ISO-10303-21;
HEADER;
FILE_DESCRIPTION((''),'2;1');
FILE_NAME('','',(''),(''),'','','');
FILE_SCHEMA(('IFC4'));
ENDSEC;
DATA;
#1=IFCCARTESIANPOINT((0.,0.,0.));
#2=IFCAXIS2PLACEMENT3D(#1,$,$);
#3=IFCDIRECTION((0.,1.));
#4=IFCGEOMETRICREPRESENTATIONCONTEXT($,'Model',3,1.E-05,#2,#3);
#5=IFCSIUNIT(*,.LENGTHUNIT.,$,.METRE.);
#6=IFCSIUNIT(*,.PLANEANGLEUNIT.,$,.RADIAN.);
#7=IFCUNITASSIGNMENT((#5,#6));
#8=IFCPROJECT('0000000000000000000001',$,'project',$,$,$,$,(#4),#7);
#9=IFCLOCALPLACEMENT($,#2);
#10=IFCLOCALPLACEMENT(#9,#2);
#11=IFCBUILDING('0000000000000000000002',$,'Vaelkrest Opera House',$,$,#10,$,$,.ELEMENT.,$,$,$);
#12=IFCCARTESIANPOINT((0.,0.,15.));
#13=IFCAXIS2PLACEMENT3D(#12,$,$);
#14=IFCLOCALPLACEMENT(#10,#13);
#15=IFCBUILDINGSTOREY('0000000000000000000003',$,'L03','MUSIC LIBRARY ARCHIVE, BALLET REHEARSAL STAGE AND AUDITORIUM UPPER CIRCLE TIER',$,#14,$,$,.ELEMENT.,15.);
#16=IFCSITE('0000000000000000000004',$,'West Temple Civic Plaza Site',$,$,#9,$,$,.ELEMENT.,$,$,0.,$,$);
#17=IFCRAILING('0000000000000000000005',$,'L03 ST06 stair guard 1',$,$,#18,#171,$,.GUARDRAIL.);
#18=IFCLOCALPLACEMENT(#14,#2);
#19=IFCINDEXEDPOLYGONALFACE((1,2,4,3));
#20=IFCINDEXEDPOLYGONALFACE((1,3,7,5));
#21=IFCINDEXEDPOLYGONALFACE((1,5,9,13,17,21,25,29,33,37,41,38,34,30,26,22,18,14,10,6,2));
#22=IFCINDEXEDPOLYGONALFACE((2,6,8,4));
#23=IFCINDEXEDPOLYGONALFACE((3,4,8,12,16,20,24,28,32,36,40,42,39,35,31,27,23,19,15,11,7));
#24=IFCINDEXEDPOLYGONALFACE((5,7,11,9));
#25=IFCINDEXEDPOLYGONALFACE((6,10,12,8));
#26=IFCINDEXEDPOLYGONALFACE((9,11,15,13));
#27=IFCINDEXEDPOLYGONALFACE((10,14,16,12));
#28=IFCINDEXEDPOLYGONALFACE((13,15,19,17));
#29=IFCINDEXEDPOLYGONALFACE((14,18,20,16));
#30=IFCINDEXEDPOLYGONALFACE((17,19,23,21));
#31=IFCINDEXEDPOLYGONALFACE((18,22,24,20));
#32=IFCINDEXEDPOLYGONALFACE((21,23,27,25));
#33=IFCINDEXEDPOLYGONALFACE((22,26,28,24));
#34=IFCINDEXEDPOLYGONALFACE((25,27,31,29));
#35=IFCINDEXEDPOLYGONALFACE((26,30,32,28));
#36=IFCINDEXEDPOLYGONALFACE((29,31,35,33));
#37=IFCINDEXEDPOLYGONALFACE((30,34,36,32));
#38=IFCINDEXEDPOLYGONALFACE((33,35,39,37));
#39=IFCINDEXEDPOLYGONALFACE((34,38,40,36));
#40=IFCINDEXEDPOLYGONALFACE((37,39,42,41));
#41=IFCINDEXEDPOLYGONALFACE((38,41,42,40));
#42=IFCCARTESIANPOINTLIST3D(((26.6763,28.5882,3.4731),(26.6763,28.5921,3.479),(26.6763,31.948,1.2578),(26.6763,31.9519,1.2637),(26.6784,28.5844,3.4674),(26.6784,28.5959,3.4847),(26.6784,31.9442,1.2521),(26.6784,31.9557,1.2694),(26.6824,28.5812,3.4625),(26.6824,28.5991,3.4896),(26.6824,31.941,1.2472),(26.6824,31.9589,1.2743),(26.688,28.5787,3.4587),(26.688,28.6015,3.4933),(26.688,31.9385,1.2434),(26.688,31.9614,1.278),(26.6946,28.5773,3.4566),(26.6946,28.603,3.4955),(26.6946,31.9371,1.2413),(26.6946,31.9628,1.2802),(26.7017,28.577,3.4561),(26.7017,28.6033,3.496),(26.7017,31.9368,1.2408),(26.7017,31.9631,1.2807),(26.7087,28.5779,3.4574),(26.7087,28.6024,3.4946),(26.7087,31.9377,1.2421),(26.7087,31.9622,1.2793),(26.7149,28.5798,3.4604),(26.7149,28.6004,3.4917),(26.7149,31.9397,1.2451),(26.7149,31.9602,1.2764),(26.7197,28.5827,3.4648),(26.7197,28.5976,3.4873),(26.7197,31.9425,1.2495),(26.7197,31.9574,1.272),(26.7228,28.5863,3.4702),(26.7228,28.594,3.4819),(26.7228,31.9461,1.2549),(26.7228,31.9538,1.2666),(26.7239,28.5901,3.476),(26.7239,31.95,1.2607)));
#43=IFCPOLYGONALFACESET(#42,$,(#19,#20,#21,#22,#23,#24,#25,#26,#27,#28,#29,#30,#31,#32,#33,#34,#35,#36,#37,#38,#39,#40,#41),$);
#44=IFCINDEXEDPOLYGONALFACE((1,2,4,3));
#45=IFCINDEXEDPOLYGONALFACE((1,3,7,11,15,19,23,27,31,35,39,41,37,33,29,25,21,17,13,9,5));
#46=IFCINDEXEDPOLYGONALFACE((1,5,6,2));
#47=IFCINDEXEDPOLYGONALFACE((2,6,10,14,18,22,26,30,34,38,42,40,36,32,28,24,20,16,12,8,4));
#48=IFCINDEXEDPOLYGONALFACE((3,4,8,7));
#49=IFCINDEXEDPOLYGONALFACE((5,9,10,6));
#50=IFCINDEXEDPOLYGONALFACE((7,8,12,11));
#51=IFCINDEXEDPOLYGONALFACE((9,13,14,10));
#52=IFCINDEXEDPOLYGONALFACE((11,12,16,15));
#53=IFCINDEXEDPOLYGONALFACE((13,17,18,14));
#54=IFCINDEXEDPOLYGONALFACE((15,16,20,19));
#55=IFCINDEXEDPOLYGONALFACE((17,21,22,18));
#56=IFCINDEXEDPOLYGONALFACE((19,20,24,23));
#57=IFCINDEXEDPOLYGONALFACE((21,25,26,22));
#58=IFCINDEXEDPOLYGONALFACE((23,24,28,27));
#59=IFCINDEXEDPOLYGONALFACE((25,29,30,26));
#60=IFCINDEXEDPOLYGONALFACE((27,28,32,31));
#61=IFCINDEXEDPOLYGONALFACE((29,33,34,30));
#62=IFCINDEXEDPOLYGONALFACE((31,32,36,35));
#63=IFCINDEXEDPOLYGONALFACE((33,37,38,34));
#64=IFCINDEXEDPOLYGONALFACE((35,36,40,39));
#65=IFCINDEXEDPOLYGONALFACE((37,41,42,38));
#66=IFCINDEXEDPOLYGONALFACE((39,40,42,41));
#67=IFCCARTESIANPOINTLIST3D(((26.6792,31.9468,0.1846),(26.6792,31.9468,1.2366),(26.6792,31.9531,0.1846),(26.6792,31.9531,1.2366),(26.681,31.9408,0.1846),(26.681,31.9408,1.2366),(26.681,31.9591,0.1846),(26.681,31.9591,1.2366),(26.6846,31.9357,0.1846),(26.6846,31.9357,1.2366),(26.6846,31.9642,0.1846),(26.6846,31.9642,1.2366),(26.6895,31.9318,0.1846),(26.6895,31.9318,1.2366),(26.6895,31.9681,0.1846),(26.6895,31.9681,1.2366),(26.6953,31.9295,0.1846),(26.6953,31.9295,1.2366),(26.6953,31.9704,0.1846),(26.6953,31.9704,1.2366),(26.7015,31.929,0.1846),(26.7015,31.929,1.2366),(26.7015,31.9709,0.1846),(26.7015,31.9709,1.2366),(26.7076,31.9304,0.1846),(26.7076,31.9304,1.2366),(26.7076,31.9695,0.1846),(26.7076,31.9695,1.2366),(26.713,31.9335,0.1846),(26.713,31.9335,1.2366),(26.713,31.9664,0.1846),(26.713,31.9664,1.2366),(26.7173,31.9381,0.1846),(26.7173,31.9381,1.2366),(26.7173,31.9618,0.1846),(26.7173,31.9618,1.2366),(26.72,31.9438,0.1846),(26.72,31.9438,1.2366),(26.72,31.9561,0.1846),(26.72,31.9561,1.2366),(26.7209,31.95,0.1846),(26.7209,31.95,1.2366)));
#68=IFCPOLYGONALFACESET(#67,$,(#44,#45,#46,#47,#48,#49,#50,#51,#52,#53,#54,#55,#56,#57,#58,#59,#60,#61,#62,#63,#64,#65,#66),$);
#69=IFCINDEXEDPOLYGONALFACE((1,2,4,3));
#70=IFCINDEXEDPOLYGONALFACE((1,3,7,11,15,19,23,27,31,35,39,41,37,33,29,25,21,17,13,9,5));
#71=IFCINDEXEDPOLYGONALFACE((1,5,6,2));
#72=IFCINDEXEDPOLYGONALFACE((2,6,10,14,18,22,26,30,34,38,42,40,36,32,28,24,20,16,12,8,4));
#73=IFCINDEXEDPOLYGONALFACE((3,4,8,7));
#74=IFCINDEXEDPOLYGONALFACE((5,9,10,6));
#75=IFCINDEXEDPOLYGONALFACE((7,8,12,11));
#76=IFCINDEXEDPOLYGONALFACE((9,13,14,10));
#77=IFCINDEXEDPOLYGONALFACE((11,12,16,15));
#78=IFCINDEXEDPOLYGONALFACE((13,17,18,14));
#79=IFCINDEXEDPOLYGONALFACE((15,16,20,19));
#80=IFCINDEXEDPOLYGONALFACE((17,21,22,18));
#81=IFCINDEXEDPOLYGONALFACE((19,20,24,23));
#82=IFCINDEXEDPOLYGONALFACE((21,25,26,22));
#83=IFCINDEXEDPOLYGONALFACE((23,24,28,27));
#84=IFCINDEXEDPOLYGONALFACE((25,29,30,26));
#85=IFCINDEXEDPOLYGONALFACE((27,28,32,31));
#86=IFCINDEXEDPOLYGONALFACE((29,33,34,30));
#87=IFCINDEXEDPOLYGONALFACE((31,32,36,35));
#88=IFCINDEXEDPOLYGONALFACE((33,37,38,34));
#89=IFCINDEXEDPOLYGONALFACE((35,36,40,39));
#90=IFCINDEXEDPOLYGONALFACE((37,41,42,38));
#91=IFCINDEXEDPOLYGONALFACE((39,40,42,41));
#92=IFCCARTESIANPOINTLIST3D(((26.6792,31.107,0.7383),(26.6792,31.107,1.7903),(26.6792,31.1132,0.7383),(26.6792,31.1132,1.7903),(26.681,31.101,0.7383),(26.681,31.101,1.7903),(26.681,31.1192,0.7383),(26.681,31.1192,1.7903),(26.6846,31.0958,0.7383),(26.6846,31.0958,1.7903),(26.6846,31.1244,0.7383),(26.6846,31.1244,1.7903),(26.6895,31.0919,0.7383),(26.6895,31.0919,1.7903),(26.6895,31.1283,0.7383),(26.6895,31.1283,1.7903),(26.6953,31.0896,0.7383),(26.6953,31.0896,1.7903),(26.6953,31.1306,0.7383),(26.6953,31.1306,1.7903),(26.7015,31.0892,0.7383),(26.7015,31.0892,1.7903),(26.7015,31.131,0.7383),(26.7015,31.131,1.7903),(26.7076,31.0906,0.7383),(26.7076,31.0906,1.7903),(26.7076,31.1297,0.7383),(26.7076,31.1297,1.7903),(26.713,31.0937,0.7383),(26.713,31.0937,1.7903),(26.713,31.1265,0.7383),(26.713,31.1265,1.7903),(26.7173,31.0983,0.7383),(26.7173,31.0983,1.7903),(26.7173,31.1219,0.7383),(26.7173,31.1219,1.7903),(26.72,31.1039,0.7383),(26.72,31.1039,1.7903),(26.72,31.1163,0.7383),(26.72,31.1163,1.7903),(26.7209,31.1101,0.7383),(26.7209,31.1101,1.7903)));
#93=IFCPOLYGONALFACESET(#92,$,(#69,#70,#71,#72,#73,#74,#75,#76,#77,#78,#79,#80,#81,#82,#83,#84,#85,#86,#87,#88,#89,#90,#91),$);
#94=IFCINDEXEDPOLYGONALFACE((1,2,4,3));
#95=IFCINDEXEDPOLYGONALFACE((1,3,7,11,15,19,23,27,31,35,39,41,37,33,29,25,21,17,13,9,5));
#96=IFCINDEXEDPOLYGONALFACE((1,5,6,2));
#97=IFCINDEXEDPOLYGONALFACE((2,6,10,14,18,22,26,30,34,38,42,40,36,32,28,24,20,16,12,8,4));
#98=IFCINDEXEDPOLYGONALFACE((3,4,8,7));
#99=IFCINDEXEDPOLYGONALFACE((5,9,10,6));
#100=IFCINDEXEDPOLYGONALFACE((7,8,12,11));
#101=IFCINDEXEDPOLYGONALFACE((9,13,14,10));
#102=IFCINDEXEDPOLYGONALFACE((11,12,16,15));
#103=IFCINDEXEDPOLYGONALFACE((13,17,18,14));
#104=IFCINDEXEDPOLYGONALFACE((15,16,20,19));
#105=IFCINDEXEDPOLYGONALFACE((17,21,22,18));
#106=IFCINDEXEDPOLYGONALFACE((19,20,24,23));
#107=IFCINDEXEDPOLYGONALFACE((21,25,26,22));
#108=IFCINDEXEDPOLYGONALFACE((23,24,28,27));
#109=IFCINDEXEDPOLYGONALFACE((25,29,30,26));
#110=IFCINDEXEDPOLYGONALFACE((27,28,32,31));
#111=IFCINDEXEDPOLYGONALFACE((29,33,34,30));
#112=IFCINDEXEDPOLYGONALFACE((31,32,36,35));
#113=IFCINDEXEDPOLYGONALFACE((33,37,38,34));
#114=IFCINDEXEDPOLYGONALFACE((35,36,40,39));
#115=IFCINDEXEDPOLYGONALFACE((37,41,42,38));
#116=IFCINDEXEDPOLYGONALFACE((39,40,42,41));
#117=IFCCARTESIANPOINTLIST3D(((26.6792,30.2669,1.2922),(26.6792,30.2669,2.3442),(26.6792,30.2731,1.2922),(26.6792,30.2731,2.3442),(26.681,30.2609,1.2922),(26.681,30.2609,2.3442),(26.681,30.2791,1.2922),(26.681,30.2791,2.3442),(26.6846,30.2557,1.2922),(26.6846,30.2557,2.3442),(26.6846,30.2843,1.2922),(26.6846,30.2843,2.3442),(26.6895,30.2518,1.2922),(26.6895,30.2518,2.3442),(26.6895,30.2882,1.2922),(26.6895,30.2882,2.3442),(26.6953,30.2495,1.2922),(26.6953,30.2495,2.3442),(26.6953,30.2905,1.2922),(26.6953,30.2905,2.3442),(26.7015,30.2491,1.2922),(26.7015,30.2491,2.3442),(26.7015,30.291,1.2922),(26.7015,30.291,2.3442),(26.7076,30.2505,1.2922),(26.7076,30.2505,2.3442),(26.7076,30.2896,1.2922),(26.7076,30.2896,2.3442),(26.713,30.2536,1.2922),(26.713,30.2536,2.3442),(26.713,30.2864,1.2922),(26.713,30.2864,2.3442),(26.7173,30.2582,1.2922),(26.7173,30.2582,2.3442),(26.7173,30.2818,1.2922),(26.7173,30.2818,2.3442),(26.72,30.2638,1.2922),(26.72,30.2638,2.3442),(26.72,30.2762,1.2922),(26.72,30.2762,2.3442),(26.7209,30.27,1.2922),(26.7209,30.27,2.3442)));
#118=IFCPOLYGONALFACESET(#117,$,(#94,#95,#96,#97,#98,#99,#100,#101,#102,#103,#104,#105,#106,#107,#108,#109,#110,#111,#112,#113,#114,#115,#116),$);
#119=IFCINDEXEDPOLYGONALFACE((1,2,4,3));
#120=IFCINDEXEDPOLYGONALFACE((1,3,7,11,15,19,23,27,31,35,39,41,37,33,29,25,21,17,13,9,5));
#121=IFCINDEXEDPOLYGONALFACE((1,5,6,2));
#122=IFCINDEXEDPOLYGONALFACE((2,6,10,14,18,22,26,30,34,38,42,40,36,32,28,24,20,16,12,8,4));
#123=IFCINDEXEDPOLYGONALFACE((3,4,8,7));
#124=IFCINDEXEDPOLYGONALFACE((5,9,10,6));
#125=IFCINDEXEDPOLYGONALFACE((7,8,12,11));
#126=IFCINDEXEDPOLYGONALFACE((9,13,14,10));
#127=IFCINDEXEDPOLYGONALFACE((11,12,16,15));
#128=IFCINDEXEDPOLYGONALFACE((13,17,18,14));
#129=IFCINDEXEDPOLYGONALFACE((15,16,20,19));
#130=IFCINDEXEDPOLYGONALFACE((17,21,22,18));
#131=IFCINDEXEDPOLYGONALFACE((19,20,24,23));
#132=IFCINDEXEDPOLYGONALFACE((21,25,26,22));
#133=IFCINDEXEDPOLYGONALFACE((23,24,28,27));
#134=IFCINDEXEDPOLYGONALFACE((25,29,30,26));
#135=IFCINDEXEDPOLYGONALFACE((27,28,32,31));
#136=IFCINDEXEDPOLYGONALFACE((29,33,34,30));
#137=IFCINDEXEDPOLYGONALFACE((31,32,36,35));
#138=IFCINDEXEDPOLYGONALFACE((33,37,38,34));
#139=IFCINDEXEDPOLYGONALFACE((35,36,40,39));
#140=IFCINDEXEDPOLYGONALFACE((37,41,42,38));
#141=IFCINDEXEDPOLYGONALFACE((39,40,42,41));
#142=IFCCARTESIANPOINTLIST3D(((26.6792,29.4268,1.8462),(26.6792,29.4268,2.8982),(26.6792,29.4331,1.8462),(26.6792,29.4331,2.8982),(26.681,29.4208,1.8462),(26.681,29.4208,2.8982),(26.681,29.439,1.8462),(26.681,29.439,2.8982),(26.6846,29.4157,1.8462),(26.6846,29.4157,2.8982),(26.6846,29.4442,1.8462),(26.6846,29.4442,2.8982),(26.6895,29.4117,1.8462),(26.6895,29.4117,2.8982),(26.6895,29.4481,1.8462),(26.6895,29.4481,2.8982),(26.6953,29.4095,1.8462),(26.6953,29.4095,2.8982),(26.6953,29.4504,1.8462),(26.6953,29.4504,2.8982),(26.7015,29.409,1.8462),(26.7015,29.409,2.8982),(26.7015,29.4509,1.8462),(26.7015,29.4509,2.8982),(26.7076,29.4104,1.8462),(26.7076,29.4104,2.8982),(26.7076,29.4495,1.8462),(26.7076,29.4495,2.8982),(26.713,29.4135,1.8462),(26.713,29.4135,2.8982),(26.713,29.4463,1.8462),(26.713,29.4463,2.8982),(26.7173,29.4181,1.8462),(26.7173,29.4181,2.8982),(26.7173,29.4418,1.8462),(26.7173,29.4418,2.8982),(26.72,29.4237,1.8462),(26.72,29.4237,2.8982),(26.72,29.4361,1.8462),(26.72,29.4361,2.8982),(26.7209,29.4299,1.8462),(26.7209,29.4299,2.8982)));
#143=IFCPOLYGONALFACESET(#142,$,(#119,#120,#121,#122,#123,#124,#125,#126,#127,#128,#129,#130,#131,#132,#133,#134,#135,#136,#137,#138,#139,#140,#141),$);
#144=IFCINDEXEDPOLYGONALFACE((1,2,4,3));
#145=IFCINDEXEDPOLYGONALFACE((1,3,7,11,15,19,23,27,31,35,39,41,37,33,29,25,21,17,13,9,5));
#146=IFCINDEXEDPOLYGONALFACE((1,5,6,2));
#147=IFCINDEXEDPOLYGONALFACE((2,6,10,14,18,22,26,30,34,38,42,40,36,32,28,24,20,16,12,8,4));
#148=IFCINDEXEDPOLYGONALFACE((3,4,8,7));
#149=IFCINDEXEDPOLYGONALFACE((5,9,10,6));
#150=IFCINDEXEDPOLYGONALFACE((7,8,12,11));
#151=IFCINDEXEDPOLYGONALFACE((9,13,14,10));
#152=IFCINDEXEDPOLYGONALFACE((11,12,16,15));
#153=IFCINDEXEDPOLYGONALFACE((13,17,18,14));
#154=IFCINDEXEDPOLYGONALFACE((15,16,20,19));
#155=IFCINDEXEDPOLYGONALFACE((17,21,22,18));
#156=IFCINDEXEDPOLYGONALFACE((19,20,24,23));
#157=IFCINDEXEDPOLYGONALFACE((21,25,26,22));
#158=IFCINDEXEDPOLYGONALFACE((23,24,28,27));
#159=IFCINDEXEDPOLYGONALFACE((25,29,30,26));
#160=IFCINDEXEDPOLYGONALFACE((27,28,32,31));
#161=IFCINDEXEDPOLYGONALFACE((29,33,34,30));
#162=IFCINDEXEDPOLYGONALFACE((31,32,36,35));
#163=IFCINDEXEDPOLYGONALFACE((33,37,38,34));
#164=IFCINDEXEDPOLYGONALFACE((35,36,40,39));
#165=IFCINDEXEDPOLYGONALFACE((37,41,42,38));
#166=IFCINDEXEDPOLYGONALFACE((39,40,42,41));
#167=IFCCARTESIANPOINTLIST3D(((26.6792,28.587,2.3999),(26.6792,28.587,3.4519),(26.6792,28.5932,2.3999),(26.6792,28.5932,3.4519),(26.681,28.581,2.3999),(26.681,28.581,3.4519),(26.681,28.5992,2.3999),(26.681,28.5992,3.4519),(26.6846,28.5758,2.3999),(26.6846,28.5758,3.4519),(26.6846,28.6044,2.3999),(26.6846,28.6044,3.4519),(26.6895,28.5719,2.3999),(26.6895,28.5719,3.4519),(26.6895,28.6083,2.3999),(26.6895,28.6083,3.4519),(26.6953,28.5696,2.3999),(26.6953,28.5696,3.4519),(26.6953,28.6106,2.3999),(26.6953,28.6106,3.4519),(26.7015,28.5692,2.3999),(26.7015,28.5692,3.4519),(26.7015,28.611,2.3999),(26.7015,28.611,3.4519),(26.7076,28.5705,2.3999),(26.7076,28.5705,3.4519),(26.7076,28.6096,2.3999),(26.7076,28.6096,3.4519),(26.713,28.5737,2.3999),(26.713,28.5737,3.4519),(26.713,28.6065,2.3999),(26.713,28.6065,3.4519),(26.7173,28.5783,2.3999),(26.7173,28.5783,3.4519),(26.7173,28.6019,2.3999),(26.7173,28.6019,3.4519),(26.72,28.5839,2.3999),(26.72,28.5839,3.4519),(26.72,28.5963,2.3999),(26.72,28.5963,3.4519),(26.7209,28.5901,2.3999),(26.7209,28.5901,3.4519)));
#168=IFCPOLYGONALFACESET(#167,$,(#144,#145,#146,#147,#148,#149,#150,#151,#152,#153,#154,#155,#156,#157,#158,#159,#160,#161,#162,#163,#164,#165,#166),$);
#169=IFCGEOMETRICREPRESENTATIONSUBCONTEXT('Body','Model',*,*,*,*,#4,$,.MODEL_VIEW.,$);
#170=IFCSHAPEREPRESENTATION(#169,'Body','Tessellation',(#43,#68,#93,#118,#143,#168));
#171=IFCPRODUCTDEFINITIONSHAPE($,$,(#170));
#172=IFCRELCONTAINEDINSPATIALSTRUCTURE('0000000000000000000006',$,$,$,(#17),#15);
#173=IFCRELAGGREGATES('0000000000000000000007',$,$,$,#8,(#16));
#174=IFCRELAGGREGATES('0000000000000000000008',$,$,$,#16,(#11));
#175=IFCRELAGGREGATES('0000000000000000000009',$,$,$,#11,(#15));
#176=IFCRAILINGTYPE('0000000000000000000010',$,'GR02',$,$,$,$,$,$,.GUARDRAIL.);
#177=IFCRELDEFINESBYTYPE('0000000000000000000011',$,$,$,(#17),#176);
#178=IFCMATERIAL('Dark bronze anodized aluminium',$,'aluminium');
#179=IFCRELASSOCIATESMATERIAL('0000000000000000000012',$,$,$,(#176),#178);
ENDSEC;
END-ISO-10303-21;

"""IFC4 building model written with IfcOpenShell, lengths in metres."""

from ifc_helpers import new_model, si_unit, direction, frame, origin, origin_2d, place, context, subcontext, project, spatial, circle, extrude, material, type_object, element, save


model = new_model("IFC4")

# Units and contexts
model_context = context("Model", 3, precision=1e-05, world=origin(), true_north=direction((0.0, 1.0)))
body_context = subcontext(model_context, "Body", "Model", "MODEL_VIEW")
ifc_project = project(units=[si_unit("LENGTHUNIT", "METRE"), si_unit("PLANEANGLEUNIT", "RADIAN")], contexts=[model_context])

# Site, building, storey
site_placement = place(None, origin())
site = spatial("IfcSite", under=ifc_project, at=site_placement, Name="West Temple Civic Plaza Site", CompositionType="ELEMENT", RefElevation=0.0)
building_placement = place(site_placement, origin())
building = spatial("IfcBuilding", under=site, at=building_placement, Name="Vaelkrest Opera House", CompositionType="ELEMENT")
storey_placement = place(building_placement, frame((0.0, 0.0, 15.0)))
storey = spatial("IfcBuildingStorey", under=building, at=storey_placement, Name="L03", Description="MUSIC LIBRARY ARCHIVE, BALLET REHEARSAL STAGE AND AUDITORIUM UPPER CIRCLE TIER", CompositionType="ELEMENT", Elevation=15.0)

# Railing
ifc_material_1 = material(Name="Dark bronze anodized aluminium", Category="aluminium")
railing_type_1 = type_object("IfcRailingType", Name="GR02", PredefinedType="GUARDRAIL", material=ifc_material_1)
railing_1_placement = place(storey_placement, frame((26.7, 31.95, 0.1846)))
element("IfcRailing", 1, at=railing_1_placement, inside=storey, type_object=railing_type_1, Name="L03 ST06 stair guard 1", PredefinedType="GUARDRAIL", context=body_context, shape_type="SweptSolid", body=[
    extrude(circle(Radius=0.0239, at=origin_2d()), frame((0.0, 0.0, 1.0762), z_axis=(0.0, -0.834858, 0.550465), x_axis=(1.0, 0.0, 0.0)), (0.0, 0.0, 1.0), 4.0244),
    extrude(circle(Radius=0.021, at=origin_2d()), origin(), (0.0, 0.0, 1.0), 1.052),
    extrude(circle(Radius=0.021, at=origin_2d()), frame((0.0, -0.8398, 0.5537)), (0.0, 0.0, 1.0), 1.052),
    extrude(circle(Radius=0.021, at=origin_2d()), frame((0.0, -1.6799, 1.1077)), (0.0, 0.0, 1.0), 1.052),
    extrude(circle(Radius=0.021, at=origin_2d()), frame((0.0, -2.52, 1.6616)), (0.0, 0.0, 1.0), 1.052),
    extrude(circle(Radius=0.021, at=origin_2d()), frame((0.0, -3.3599, 2.2153)), (0.0, 0.0, 1.0), 1.052),
])

save(model, "model.ifc")
